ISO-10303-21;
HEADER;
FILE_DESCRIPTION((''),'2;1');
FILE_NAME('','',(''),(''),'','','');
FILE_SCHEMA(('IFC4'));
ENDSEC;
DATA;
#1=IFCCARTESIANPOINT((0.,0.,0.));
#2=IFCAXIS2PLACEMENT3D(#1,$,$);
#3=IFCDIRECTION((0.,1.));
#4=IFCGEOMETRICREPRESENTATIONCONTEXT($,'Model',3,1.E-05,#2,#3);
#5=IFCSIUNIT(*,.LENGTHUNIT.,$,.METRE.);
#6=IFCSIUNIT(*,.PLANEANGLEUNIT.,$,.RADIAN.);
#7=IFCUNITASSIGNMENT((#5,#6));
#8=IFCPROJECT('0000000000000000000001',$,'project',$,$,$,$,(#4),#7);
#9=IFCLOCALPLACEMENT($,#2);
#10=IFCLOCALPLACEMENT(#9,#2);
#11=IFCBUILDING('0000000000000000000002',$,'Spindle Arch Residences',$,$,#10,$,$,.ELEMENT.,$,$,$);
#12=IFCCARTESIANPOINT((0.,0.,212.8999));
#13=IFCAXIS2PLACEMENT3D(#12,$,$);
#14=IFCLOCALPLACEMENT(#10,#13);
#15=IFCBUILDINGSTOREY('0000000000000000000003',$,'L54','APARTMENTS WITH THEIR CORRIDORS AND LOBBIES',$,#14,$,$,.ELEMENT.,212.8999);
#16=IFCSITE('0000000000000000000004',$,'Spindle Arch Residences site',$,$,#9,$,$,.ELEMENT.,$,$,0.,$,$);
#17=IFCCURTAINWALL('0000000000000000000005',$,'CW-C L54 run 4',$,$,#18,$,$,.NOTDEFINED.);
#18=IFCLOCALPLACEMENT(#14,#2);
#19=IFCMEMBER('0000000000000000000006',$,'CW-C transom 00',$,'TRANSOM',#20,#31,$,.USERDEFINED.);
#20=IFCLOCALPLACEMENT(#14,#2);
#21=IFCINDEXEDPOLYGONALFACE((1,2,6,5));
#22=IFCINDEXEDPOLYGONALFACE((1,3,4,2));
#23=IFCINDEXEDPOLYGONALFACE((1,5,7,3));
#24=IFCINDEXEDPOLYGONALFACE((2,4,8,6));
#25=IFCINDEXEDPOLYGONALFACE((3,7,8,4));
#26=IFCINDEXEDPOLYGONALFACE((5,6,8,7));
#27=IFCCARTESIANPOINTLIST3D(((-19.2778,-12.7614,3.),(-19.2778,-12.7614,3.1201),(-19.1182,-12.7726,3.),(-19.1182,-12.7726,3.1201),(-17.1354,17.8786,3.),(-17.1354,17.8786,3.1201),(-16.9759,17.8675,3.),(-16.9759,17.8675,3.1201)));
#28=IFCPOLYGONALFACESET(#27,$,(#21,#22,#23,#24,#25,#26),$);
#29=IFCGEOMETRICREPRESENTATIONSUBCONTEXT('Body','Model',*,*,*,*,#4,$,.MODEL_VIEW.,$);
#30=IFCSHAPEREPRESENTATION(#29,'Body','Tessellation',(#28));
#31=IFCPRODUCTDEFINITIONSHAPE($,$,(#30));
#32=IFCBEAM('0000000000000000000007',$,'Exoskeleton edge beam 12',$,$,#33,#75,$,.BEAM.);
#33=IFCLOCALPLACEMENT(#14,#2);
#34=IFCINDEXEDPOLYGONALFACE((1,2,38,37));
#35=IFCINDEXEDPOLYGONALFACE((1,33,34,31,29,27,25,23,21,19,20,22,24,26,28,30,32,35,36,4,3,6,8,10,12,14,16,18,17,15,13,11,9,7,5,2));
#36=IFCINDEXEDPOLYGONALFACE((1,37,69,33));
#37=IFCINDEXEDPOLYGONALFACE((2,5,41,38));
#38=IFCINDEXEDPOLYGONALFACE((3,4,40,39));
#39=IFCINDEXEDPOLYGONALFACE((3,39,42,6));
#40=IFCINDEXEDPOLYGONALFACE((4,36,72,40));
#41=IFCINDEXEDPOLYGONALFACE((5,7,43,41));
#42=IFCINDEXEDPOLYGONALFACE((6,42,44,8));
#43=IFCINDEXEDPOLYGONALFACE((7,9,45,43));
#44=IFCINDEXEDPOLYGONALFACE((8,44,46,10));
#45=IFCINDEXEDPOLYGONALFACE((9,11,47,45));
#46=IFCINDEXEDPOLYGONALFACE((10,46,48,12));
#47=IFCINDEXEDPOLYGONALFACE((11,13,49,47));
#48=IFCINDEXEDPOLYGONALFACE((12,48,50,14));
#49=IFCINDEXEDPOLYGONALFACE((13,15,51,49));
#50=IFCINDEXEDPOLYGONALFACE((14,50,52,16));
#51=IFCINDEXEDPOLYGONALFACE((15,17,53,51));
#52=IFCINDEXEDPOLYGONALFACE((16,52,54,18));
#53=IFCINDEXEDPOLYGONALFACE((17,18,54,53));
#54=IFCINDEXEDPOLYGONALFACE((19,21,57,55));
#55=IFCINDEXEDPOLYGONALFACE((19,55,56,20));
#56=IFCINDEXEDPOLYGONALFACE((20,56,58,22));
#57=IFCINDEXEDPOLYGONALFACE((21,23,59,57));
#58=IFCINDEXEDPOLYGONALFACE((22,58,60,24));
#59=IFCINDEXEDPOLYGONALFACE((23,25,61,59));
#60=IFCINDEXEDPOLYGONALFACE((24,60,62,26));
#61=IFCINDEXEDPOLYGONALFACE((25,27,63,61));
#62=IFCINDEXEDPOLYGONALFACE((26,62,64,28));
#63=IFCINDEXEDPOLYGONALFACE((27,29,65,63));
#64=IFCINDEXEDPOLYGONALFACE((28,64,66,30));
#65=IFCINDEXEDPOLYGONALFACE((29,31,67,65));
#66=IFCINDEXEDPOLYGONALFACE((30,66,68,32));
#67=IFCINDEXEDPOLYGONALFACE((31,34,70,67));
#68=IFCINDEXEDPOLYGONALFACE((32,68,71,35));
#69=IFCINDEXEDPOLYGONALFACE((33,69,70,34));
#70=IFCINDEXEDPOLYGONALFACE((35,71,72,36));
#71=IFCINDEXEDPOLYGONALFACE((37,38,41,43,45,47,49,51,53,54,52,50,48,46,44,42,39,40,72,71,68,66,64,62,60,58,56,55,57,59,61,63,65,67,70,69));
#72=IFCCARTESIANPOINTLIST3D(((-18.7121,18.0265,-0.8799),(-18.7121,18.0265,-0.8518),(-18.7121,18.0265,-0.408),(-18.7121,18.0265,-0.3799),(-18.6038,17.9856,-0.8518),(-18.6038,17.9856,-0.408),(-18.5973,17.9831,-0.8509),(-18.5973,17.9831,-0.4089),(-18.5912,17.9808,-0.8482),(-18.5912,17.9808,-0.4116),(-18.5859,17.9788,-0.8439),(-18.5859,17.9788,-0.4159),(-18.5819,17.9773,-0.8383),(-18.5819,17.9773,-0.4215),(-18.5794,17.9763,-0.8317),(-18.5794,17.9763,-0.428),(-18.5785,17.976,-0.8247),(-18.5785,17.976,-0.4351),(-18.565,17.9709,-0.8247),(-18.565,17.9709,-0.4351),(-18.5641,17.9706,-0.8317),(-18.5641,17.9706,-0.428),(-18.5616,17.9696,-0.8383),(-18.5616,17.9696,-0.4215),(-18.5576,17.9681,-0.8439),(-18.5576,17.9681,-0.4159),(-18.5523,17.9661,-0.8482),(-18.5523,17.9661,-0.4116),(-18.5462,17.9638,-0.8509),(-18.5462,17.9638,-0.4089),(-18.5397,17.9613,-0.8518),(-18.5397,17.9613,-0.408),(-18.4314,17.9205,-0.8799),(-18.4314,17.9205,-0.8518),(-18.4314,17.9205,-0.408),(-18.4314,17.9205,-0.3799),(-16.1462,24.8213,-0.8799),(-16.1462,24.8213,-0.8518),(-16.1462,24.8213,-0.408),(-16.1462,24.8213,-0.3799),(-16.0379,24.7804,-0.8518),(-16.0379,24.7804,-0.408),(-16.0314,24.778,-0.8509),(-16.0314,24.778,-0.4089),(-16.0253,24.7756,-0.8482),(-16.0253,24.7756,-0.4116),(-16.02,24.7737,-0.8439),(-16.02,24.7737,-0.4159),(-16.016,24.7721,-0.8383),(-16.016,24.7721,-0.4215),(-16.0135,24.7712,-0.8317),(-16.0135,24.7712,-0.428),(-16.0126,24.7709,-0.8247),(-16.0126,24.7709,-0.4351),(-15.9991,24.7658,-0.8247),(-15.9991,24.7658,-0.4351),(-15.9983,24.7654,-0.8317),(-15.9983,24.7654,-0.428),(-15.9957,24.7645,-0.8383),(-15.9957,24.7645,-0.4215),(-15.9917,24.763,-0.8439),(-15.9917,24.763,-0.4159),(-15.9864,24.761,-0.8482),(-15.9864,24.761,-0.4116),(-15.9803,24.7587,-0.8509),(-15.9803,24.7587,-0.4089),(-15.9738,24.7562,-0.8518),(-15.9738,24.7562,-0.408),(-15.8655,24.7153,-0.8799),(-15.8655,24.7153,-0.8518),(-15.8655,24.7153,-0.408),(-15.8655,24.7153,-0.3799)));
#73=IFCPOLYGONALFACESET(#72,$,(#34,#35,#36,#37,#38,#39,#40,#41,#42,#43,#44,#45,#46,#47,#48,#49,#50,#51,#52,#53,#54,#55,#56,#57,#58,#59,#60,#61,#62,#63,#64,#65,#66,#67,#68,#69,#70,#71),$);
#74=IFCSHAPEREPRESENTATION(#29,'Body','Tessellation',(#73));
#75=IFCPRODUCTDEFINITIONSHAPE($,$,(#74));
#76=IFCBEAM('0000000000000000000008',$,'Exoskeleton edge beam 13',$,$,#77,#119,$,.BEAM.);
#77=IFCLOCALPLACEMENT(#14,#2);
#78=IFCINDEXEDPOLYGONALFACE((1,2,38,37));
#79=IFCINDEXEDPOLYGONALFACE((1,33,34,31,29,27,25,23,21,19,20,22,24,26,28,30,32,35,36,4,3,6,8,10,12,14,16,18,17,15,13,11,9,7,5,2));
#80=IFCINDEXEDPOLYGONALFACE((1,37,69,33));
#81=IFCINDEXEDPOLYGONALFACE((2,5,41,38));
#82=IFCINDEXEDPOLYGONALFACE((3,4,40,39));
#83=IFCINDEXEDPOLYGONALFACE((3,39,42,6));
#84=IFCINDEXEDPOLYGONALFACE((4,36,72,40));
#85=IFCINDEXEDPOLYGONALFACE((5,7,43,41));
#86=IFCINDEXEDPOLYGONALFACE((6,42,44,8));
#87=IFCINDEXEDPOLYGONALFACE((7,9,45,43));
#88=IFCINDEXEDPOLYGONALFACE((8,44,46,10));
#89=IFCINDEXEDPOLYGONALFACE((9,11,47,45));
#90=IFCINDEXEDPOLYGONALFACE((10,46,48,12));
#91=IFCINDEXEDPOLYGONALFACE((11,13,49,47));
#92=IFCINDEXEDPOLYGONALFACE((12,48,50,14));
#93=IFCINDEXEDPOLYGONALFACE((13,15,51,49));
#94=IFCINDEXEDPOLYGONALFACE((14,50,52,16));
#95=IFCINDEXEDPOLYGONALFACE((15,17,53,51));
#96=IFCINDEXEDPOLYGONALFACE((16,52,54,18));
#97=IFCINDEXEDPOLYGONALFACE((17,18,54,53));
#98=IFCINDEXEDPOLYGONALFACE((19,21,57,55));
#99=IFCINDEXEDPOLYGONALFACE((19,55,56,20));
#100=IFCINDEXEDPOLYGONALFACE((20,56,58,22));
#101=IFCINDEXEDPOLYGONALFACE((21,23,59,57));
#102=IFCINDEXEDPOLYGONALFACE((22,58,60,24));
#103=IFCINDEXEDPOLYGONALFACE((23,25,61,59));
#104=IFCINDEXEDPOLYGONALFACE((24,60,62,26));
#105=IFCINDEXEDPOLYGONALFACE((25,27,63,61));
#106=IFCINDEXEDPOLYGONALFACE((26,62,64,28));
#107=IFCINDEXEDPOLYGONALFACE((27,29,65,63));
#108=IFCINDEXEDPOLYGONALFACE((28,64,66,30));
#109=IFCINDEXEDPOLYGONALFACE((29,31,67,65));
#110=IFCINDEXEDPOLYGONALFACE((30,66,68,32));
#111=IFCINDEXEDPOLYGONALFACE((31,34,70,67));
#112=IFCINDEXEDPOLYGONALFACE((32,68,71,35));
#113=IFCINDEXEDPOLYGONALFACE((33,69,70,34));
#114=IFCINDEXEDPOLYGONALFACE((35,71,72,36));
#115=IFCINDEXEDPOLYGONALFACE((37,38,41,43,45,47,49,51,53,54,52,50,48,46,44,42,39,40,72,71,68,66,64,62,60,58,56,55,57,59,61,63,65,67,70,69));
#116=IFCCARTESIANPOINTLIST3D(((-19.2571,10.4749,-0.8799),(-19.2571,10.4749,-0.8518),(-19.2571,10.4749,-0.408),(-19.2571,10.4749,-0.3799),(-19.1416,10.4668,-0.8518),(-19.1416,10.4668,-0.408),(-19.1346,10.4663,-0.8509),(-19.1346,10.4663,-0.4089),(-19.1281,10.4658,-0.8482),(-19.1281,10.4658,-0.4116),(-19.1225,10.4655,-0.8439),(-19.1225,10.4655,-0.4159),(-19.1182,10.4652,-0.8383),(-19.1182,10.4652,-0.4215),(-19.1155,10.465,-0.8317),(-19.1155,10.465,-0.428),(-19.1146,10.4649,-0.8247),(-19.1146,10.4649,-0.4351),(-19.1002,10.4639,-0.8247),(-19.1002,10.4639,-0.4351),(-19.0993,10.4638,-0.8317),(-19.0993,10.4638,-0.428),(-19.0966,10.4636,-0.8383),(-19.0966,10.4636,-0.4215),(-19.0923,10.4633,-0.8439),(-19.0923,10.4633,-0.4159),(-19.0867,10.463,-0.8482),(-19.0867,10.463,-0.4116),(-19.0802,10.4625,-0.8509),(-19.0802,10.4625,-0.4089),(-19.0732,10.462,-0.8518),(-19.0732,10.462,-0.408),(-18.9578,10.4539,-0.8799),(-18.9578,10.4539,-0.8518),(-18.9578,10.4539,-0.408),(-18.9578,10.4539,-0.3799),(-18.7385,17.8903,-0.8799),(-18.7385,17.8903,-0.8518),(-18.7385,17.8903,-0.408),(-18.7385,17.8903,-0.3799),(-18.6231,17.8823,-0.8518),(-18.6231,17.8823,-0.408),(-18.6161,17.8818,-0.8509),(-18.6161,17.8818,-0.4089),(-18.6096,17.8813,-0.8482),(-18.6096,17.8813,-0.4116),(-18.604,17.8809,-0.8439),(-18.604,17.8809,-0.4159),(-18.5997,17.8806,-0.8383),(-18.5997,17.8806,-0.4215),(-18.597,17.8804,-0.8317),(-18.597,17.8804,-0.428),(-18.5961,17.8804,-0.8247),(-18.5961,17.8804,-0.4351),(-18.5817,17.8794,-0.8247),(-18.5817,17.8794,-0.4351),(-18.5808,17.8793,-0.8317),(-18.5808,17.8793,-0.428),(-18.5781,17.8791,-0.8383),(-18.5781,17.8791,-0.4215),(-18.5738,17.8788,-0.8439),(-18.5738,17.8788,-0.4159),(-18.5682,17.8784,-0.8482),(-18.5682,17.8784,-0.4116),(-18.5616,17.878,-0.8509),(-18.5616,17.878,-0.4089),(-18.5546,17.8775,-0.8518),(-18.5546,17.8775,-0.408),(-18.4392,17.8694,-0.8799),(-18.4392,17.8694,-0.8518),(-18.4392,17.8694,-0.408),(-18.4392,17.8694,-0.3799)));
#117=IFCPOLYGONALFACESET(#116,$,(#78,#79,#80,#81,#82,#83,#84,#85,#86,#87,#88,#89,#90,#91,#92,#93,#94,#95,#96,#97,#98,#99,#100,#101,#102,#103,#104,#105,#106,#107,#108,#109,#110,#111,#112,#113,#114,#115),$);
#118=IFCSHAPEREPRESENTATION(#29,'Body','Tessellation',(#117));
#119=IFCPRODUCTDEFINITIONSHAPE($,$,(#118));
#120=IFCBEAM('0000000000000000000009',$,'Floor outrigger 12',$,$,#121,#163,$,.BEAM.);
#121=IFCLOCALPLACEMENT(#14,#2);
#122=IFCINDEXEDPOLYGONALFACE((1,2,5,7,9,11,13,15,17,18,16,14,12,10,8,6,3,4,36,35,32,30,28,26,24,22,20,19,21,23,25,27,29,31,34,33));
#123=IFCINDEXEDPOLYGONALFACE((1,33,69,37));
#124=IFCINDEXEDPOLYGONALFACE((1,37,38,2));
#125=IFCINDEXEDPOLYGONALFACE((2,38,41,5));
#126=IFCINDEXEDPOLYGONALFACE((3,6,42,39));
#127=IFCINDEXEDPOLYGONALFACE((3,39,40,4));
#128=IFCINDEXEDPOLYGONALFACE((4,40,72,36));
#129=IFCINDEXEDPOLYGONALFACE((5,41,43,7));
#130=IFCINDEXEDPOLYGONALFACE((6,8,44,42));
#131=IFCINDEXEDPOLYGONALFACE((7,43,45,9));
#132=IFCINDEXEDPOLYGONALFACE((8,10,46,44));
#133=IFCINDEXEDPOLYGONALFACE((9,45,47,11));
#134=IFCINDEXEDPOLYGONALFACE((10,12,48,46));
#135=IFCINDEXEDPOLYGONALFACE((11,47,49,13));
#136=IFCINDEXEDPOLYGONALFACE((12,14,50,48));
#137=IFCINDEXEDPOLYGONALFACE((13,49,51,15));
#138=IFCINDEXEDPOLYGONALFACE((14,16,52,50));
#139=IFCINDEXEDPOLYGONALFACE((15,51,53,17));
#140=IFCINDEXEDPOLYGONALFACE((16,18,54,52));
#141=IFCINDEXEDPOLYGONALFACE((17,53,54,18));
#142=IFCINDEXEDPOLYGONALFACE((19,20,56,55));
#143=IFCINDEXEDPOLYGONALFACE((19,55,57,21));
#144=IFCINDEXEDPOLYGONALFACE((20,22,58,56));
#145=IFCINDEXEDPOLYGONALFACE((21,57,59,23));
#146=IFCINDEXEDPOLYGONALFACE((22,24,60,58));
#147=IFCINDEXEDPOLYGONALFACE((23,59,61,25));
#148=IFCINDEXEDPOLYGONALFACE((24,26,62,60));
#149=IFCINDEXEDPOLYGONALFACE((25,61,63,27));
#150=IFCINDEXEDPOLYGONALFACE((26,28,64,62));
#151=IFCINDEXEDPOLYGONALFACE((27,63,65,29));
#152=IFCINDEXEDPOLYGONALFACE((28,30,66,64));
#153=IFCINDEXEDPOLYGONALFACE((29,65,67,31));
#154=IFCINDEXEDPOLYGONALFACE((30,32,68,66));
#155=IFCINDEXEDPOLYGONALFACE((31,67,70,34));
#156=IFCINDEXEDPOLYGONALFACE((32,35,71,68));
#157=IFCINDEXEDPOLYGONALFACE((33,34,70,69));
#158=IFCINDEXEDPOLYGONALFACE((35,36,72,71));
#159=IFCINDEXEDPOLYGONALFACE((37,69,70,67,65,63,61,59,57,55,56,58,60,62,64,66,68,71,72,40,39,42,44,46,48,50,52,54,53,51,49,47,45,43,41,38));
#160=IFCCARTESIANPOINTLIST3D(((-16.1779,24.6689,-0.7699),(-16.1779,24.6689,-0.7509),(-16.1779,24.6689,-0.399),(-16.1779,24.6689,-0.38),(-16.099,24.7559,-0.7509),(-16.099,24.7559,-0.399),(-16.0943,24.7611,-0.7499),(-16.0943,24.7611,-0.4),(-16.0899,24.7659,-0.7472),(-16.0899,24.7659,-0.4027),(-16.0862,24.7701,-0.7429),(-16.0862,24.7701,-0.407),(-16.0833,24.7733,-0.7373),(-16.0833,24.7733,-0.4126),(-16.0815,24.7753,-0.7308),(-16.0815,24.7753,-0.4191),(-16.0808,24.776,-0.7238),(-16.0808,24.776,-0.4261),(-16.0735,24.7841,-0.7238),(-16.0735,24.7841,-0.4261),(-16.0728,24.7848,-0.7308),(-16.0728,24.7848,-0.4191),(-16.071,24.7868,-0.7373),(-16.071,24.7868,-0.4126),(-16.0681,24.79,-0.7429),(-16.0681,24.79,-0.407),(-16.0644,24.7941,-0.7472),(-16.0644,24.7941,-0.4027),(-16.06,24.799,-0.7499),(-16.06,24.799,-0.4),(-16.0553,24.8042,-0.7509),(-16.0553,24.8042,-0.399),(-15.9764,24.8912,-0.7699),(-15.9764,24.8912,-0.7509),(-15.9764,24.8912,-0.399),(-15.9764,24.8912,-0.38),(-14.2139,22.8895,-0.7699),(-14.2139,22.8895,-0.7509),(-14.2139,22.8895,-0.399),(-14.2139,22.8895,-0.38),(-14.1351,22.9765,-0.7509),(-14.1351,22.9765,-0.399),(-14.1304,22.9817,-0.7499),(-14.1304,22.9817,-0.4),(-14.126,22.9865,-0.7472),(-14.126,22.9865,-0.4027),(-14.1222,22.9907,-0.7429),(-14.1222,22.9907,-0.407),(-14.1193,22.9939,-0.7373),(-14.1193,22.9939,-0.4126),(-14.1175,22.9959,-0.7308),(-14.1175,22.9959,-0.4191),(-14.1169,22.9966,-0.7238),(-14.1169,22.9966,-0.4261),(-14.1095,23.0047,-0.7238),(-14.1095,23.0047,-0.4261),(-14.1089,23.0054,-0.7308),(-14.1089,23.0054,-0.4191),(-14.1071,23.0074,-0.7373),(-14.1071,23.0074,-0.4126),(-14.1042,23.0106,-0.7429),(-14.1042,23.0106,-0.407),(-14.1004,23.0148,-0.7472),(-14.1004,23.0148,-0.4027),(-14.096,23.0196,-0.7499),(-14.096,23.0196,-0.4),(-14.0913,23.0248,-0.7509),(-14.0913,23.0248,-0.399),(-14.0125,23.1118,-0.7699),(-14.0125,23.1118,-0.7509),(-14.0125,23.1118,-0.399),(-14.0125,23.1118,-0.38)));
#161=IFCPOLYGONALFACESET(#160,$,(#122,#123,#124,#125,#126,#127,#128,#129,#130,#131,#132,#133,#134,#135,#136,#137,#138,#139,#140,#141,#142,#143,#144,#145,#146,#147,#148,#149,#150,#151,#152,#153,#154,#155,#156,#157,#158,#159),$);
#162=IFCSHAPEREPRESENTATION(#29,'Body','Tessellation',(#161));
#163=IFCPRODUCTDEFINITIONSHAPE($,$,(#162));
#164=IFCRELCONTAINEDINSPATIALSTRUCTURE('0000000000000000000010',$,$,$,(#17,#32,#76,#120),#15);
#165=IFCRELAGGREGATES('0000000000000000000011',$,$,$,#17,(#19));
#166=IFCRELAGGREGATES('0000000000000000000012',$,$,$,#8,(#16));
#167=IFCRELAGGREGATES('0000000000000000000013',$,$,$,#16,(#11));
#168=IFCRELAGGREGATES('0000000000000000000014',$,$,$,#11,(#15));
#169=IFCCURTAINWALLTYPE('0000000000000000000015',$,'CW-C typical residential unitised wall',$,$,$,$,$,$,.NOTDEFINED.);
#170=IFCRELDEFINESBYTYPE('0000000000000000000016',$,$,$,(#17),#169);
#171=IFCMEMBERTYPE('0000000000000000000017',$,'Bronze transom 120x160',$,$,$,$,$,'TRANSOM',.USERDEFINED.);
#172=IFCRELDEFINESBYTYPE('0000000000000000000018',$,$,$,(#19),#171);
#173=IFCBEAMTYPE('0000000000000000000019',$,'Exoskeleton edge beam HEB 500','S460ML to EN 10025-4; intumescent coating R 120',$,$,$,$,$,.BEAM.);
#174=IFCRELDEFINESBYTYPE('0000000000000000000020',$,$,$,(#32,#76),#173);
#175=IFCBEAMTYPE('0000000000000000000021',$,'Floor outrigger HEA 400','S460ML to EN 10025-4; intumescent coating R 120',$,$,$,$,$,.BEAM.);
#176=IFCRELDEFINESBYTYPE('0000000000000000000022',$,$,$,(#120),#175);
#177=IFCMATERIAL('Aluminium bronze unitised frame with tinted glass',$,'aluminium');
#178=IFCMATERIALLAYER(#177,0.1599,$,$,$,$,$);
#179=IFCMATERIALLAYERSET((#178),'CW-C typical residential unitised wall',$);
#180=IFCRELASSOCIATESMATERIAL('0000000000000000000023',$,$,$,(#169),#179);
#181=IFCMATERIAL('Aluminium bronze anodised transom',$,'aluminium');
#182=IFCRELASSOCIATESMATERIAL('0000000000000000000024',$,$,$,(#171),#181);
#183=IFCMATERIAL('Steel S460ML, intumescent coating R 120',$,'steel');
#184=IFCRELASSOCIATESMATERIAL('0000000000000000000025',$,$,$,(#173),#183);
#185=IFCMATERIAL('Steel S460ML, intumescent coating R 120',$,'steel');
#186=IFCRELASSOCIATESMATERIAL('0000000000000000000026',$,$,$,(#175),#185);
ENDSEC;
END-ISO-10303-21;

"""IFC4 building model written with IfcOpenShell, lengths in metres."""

from ifc_helpers import new_model, si_unit, direction, frame, origin, origin_2d, place, context, subcontext, project, spatial, rectangle, i_section, extrude, material, layer, layer_set, material_profile, profile_set, type_object, element, aggregate, save


model = new_model("IFC4")

# Units and contexts
model_context = context("Model", 3, precision=1e-05, world=origin(), true_north=direction((0.0, 1.0)))
body_context = subcontext(model_context, "Body", "Model", "MODEL_VIEW")
ifc_project = project(units=[si_unit("LENGTHUNIT", "METRE"), si_unit("PLANEANGLEUNIT", "RADIAN")], contexts=[model_context])

# Site, building, storey
site_placement = place(None, origin())
site = spatial("IfcSite", under=ifc_project, at=site_placement, Name="Spindle Arch Residences site", CompositionType="ELEMENT", RefElevation=0.0)
building_placement = place(site_placement, origin())
building = spatial("IfcBuilding", under=site, at=building_placement, Name="Spindle Arch Residences", CompositionType="ELEMENT")
storey_placement = place(building_placement, frame((0.0, 0.0, 212.8999)))
storey = spatial("IfcBuildingStorey", under=building, at=storey_placement, Name="L54", Description="APARTMENTS WITH THEIR CORRIDORS AND LOBBIES", CompositionType="ELEMENT", Elevation=212.8999)

# Curtain wall
ifc_material_1 = material(Name="Aluminium bronze unitised frame with tinted glass", Category="aluminium")
ifc_layer_1 = layer(ifc_material_1, 0.1599)
ifc_layer_set_1 = layer_set([ifc_layer_1], Name="CW-C typical residential unitised wall")
curtain_wall_type_1 = type_object("IfcCurtainWallType", Name="CW-C typical residential unitised wall", PredefinedType="NOTDEFINED", material=ifc_layer_set_1)
curtain_wall_1_placement = place(storey_placement, origin())
curtain_wall_1 = element("IfcCurtainWall", 1, at=curtain_wall_1_placement, inside=storey, type_object=curtain_wall_type_1, Name="CW-C L54 run 4", PredefinedType="NOTDEFINED")

# Member
ifc_material_2 = material(Name="Aluminium bronze anodised transom", Category="aluminium")
ifc_material_profile_1 = material_profile(ifc_material_2, rectangle(XDim=0.1599, YDim=0.1201, at=origin_2d()), Name="TR 120x160")
ifc_profile_set_1 = profile_set([ifc_material_profile_1], Name="Aluminium bronze anodised transom")
member_type_1 = type_object("IfcMemberType", Name="Bronze transom 120x160", ElementType="TRANSOM", PredefinedType="USERDEFINED", material=ifc_profile_set_1)
member_1_placement = place(storey_placement, frame((-17.0557, 17.873, 3.0601), z_axis=(-0.069749, -0.997565, 0.0), x_axis=(0.997565, -0.069749, 0.0)))
member_1 = element("IfcMember", 2, at=member_1_placement, type_object=member_type_1, Name="CW-C transom 00", ObjectType="TRANSOM", PredefinedType="USERDEFINED", context=body_context, shape_type="SweptSolid", body=[
    extrude(rectangle(XDim=0.1599, YDim=0.1201, at=origin_2d()), origin(), (0.0, 0.0, 1.0), 30.7148),
])
aggregate(curtain_wall_1, [member_1])

# Beams
ifc_material_3 = material(Name="Steel S460ML, intumescent coating R 120", Category="steel")
ifc_material_profile_2 = material_profile(ifc_material_3, i_section(OverallWidth=0.3, OverallDepth=0.5, WebThickness=0.0144, FlangeThickness=0.0281, FilletRadius=0.0271, at=origin_2d()), Name="HEB 500")
ifc_profile_set_2 = profile_set([ifc_material_profile_2], Name="Steel S460ML, intumescent coating R 120")
beam_type_1 = type_object("IfcBeamType", Name="Exoskeleton edge beam HEB 500", Description="S460ML to EN 10025-4; intumescent coating R 120", PredefinedType="BEAM", material=ifc_profile_set_2)
beam_1_placement = place(storey_placement, frame((-16.0059, 24.7683, -0.6299), z_axis=(-0.353274, -0.93552, 0.0), x_axis=(0.93552, -0.353274, 0.0)))
element("IfcBeam", 3, at=beam_1_placement, inside=storey, type_object=beam_type_1, Name="Exoskeleton edge beam 12", PredefinedType="BEAM", context=body_context, shape_type="SweptSolid", body=[
    extrude(i_section(OverallWidth=0.3, OverallDepth=0.5, WebThickness=0.0144, FlangeThickness=0.0281, FilletRadius=0.0271, at=origin_2d()), origin(), (0.0, 0.0, 1.0), 7.2632),
])
beam_2_placement = place(storey_placement, frame((-18.5889, 17.8799, -0.6299), z_axis=(-0.069758, -0.997564, 0.0), x_axis=(0.997564, -0.069758, 0.0)))
element("IfcBeam", 4, at=beam_2_placement, inside=storey, type_object=beam_type_1, Name="Exoskeleton edge beam 13", PredefinedType="BEAM", context=body_context, shape_type="SweptSolid", body=[
    extrude(i_section(OverallWidth=0.3, OverallDepth=0.5, WebThickness=0.0144, FlangeThickness=0.0281, FilletRadius=0.0271, at=origin_2d()), origin(), (0.0, 0.0, 1.0), 7.4336),
])
ifc_material_4 = material(Name="Steel S460ML, intumescent coating R 120", Category="steel")
ifc_material_profile_3 = material_profile(ifc_material_4, i_section(OverallWidth=0.3, OverallDepth=0.3899, WebThickness=0.011, FlangeThickness=0.019, FilletRadius=0.0271, at=origin_2d()), Name="HEA 400")
ifc_profile_set_3 = profile_set([ifc_material_profile_3], Name="Steel S460ML, intumescent coating R 120")
beam_type_2 = type_object("IfcBeamType", Name="Floor outrigger HEA 400", Description="S460ML to EN 10025-4; intumescent coating R 120", PredefinedType="BEAM", material=ifc_profile_set_3)
beam_3_placement = place(storey_placement, frame((-16.0771, 24.78, -0.575), z_axis=(0.741073, -0.671425, 0.0), x_axis=(0.671425, 0.741073, 0.0)))
element("IfcBeam", 5, at=beam_3_placement, inside=storey, type_object=beam_type_2, Name="Floor outrigger 12", PredefinedType="BEAM", context=body_context, shape_type="SweptSolid", body=[
    extrude(i_section(OverallWidth=0.3, OverallDepth=0.3899, WebThickness=0.011, FlangeThickness=0.019, FilletRadius=0.0271, at=origin_2d()), origin(), (0.0, 0.0, 1.0), 2.6501),
])

save(model, "model.ifc")
